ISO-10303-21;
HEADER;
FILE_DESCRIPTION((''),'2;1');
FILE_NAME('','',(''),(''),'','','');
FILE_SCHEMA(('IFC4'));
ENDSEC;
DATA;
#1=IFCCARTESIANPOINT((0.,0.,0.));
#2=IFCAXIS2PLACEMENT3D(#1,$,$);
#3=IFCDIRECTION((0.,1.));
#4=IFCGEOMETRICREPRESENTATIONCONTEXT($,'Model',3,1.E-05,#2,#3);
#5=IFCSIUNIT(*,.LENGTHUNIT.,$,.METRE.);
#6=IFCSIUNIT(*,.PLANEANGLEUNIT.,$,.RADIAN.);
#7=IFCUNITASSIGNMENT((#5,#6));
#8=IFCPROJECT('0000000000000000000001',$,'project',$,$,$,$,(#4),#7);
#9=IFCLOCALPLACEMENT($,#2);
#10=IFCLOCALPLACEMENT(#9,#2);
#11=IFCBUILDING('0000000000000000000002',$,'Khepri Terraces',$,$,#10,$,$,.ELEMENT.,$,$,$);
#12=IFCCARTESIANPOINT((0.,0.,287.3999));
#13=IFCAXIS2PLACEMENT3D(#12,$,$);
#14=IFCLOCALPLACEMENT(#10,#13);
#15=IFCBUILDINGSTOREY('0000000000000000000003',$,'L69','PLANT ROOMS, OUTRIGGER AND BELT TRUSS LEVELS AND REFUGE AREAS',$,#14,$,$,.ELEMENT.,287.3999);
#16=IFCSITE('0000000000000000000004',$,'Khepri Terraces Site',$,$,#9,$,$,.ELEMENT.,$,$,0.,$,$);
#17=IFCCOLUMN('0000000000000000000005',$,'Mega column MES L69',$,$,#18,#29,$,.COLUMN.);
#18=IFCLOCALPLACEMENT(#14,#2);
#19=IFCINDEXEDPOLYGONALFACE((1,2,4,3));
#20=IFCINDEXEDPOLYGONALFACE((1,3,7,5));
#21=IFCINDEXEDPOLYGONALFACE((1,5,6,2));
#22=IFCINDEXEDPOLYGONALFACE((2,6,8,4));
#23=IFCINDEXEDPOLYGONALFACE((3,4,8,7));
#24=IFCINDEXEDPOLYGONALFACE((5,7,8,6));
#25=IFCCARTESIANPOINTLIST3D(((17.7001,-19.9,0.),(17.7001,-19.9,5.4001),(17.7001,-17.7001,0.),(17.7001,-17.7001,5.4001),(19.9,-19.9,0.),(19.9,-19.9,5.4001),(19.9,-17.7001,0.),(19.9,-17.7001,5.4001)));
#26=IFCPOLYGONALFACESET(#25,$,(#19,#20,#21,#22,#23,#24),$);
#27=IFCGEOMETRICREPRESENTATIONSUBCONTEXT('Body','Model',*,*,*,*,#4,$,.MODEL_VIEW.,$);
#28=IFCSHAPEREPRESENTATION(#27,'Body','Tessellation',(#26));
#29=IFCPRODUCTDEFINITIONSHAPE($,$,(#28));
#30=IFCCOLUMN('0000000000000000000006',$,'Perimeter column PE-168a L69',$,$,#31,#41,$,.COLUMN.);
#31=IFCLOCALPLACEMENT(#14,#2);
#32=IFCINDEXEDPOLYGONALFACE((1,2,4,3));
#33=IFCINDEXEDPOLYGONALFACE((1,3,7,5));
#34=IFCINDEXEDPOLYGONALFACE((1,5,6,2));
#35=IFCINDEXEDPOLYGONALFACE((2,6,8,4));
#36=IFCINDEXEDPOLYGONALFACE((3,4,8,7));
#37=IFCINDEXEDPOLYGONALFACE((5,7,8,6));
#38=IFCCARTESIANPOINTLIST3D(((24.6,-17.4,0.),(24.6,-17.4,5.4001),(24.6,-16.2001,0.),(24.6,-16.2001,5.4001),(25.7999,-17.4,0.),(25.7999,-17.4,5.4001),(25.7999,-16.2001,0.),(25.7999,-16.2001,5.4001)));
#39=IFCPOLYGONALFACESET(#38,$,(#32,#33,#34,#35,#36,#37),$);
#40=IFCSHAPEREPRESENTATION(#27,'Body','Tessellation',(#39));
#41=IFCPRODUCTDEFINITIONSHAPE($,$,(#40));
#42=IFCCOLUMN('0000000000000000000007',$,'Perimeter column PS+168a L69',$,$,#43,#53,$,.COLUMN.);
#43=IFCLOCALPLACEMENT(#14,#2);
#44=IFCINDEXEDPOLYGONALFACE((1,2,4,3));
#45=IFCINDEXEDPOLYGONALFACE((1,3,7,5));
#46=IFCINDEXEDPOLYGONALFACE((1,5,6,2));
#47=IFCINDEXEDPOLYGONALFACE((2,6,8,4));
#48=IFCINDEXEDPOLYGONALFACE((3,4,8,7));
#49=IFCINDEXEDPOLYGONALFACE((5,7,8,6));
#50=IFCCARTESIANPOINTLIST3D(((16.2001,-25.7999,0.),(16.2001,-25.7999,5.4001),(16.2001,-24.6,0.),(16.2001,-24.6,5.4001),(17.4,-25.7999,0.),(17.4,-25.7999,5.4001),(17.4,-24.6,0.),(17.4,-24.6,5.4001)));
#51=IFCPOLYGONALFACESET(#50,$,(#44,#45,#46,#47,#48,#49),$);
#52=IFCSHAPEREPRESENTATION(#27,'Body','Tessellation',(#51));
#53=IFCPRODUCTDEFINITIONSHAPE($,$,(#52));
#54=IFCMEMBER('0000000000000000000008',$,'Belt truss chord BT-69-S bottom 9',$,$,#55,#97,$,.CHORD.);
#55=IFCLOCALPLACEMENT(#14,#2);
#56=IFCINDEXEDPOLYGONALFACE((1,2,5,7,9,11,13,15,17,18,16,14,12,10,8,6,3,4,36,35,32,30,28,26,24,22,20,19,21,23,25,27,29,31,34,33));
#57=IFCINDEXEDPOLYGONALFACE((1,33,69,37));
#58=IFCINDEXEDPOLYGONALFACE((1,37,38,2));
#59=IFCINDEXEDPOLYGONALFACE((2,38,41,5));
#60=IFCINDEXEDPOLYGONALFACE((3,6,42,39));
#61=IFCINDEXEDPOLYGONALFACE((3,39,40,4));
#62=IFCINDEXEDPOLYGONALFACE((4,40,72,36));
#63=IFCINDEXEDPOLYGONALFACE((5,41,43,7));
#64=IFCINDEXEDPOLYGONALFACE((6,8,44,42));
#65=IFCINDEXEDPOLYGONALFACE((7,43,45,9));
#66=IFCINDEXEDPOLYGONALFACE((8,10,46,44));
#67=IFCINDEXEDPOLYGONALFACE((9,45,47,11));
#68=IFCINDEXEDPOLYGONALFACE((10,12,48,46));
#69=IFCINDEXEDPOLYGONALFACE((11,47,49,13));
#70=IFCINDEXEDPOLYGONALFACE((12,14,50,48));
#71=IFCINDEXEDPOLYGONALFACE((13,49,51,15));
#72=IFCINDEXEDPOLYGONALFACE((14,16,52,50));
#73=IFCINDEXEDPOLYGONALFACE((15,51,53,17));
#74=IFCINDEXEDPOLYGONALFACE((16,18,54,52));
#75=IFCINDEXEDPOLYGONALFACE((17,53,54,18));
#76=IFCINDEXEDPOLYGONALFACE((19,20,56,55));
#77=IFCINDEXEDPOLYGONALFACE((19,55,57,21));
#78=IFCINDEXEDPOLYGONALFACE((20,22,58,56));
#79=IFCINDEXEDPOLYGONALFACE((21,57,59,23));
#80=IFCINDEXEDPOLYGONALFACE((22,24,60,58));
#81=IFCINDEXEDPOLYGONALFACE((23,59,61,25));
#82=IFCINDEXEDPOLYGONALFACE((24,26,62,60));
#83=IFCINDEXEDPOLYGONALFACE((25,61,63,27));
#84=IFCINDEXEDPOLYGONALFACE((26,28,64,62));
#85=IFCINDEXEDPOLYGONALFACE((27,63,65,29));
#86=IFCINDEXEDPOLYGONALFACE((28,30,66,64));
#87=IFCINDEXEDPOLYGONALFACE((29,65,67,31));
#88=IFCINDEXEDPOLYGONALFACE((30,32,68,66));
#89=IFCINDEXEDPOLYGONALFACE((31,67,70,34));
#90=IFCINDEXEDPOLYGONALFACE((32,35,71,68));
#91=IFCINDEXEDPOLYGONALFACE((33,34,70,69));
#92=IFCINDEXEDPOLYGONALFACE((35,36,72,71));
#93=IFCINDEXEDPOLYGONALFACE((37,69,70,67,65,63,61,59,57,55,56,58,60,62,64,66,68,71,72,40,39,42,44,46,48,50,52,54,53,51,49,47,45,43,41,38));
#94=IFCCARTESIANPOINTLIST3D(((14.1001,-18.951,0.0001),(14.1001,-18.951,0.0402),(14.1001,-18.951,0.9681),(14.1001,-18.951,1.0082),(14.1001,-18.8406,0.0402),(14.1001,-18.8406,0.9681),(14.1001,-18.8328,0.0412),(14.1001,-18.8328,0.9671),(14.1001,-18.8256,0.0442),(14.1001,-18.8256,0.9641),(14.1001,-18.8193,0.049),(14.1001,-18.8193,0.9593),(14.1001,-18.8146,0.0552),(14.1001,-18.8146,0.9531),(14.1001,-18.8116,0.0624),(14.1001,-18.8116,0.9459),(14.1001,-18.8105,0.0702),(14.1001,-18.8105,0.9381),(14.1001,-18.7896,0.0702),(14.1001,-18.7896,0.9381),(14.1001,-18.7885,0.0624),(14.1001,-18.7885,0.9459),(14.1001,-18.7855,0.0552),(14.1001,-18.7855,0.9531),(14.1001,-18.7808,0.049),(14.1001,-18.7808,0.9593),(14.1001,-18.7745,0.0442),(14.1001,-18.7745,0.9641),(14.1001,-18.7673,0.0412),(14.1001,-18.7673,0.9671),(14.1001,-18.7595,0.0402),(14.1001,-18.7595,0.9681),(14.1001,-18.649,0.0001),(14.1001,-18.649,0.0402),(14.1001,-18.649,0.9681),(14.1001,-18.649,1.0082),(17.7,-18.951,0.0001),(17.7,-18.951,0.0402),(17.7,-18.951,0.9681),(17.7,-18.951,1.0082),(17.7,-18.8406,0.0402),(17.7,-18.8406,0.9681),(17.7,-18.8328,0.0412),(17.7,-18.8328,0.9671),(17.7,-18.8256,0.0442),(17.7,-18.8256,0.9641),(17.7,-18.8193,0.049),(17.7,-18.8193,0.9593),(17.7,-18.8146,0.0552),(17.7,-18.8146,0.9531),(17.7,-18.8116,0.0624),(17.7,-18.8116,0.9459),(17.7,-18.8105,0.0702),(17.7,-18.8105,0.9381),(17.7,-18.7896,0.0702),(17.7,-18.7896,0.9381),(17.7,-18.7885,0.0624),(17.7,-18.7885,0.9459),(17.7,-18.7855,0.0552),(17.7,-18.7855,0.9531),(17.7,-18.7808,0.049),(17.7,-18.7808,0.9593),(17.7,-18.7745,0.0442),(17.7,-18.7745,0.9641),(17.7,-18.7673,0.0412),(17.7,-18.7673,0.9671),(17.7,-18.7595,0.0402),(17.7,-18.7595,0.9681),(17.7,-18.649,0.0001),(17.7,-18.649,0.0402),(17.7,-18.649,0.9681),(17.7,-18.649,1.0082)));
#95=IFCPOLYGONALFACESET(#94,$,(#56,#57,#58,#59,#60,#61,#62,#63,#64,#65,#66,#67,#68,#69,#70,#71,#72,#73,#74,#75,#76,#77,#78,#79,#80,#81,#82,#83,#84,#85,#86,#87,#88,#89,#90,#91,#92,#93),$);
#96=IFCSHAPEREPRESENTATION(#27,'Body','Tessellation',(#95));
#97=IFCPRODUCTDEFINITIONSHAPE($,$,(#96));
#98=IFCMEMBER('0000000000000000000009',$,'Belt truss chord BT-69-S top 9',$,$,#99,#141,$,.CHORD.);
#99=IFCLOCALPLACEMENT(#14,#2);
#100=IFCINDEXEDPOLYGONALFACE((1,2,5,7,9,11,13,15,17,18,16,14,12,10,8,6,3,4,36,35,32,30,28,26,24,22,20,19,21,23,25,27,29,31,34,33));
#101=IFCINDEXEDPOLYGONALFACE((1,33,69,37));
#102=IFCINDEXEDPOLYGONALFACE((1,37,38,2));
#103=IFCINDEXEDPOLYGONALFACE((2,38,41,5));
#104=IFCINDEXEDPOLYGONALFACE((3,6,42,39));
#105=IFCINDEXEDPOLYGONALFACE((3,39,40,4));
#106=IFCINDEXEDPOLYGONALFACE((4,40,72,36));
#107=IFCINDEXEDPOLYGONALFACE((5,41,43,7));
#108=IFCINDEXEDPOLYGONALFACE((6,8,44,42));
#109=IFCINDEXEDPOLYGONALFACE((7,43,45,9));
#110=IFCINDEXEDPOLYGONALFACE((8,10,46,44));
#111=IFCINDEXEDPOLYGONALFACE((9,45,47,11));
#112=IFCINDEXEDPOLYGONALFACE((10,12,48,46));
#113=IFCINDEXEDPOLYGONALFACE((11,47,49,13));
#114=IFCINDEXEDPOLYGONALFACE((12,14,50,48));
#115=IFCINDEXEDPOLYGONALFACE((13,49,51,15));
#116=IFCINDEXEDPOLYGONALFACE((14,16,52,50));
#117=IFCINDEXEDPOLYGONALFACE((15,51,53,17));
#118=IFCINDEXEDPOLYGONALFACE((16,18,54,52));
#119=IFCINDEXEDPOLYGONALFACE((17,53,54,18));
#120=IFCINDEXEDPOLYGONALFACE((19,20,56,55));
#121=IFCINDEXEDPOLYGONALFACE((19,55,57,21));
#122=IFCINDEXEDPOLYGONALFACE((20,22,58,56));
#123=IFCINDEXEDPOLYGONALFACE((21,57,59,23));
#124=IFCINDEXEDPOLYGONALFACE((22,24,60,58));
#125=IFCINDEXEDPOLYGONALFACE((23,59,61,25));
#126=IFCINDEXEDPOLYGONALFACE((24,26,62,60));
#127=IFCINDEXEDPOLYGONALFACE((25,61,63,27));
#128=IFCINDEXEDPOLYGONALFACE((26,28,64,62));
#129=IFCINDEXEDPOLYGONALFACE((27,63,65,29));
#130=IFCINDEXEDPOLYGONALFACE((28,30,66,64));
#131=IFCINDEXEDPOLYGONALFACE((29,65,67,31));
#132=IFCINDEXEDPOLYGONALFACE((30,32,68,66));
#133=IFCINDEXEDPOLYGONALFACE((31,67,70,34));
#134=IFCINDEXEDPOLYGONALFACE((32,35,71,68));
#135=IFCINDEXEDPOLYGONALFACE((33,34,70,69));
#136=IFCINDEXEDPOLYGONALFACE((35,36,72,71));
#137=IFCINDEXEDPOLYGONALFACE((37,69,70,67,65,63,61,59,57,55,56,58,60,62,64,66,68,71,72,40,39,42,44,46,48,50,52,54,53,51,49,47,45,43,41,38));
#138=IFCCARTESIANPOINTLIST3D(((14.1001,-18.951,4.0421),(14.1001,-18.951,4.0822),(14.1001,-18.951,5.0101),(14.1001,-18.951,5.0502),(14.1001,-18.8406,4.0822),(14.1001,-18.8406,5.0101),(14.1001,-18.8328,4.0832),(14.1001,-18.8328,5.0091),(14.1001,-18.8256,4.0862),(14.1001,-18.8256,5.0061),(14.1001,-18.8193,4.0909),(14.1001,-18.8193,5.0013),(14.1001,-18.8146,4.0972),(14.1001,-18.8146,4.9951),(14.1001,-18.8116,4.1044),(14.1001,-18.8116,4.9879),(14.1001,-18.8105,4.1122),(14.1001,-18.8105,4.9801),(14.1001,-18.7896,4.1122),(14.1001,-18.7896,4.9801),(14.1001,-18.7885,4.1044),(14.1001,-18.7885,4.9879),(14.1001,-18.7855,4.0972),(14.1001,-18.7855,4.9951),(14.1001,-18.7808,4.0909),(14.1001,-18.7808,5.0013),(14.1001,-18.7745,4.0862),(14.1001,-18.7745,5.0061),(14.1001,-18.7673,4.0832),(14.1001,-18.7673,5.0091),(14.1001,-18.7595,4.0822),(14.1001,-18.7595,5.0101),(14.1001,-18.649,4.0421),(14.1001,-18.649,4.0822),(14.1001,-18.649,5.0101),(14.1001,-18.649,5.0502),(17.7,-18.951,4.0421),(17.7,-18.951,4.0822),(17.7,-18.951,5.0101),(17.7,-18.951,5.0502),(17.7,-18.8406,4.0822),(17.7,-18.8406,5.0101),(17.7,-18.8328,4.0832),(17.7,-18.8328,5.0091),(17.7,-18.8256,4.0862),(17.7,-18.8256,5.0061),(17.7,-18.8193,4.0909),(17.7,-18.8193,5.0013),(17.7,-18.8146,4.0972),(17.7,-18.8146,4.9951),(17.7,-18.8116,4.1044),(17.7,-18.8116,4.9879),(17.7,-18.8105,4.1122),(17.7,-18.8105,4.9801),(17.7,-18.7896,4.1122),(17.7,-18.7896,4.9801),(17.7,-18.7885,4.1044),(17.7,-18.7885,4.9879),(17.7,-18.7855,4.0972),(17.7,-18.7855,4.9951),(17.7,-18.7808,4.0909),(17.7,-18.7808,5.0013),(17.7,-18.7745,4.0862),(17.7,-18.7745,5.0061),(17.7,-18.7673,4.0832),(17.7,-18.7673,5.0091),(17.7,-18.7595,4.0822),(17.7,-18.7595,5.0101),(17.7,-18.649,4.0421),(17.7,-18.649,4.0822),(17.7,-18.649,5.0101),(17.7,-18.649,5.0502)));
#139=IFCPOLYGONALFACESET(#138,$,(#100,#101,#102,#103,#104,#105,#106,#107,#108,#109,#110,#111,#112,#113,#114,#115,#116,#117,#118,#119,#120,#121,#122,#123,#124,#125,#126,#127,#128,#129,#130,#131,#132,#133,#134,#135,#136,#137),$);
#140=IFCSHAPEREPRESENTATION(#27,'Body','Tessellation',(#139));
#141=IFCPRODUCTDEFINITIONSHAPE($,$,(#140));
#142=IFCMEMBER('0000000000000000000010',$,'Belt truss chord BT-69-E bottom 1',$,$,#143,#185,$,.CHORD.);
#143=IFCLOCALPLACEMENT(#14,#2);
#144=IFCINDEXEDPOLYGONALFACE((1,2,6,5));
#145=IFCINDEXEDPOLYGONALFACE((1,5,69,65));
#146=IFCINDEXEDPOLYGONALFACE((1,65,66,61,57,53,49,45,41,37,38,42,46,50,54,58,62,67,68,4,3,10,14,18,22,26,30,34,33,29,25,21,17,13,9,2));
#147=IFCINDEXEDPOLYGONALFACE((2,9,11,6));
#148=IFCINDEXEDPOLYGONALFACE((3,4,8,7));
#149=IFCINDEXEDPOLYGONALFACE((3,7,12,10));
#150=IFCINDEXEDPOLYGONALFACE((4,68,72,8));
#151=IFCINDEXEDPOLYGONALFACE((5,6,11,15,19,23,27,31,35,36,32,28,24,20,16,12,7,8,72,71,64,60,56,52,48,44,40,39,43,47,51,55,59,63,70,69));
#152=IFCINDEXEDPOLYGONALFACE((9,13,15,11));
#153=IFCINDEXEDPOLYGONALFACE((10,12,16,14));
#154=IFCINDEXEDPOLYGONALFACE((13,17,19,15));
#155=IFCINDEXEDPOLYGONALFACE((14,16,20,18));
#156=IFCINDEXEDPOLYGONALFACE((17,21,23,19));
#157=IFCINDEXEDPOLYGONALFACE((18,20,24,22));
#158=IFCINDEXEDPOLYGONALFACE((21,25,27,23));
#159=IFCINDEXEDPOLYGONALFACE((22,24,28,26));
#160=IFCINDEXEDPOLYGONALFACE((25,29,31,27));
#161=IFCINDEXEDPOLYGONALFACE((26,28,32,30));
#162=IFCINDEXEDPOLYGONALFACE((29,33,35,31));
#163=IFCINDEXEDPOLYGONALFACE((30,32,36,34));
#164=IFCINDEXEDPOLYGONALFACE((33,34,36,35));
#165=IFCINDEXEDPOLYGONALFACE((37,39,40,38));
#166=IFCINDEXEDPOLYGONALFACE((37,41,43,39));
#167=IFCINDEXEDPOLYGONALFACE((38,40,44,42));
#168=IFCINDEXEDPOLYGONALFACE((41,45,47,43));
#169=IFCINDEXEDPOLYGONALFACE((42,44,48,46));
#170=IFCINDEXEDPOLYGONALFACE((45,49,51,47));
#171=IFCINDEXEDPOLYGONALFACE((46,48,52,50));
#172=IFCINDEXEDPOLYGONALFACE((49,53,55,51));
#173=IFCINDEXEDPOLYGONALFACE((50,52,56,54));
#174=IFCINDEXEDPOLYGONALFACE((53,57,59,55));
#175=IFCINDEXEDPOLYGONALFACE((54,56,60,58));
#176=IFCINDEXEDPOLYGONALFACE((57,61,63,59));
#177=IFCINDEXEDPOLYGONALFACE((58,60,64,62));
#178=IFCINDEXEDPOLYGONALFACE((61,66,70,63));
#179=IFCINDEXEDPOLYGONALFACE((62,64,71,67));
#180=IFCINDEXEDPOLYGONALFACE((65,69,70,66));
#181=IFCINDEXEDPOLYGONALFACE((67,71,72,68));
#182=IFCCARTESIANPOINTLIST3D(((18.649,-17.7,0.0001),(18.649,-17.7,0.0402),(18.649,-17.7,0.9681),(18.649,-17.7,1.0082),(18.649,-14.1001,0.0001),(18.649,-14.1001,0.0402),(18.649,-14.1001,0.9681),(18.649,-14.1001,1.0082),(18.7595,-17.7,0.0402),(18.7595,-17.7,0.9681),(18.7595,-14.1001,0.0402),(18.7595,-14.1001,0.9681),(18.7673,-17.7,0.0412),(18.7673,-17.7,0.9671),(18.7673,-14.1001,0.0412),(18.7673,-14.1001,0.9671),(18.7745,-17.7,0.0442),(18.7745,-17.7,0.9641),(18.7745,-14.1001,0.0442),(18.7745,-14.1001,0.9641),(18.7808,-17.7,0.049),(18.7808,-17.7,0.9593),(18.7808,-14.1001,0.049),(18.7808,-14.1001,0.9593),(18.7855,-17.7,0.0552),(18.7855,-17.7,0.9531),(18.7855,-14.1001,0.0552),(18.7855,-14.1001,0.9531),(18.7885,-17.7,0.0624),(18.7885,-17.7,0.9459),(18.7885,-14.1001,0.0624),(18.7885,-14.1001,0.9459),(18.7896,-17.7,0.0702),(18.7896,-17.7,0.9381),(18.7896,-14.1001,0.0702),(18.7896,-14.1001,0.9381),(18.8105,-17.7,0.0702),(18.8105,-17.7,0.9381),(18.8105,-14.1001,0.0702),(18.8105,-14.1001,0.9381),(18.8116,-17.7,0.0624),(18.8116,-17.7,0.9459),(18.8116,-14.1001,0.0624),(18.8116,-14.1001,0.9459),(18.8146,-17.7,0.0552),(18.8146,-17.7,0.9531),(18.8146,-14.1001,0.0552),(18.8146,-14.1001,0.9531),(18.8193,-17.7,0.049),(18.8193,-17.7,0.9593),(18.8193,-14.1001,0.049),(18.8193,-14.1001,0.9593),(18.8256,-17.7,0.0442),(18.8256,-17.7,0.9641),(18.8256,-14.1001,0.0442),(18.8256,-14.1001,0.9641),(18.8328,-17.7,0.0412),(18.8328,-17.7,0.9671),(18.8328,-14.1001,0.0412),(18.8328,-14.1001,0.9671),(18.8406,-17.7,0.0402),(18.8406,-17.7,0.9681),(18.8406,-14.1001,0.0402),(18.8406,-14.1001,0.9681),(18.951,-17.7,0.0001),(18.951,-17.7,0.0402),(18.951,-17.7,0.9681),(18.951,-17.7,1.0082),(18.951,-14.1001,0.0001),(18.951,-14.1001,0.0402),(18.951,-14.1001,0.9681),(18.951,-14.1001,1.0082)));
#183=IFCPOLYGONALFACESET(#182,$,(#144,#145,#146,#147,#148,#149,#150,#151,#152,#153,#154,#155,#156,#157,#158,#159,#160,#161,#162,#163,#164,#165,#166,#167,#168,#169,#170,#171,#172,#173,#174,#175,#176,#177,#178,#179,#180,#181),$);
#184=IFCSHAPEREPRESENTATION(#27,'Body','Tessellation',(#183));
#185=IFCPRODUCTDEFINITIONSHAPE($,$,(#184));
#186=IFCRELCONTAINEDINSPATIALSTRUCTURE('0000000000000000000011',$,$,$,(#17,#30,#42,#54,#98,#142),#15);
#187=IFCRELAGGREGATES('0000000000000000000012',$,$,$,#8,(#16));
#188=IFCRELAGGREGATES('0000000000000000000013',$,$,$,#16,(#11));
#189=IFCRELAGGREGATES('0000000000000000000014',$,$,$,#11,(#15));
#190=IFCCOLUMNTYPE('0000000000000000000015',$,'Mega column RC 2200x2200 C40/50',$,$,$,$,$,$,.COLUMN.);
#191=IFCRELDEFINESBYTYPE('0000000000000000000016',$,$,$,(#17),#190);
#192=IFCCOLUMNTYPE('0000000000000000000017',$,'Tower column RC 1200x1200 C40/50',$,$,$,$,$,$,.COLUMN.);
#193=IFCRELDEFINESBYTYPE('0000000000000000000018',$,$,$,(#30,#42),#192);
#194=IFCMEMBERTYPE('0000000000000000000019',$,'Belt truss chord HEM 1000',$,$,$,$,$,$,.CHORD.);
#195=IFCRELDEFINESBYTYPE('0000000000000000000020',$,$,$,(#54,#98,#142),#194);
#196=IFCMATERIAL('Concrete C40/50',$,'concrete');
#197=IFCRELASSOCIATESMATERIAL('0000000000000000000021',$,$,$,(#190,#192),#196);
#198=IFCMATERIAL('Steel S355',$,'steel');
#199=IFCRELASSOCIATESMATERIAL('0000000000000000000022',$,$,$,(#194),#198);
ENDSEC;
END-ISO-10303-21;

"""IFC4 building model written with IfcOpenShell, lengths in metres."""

from ifc_helpers import new_model, si_unit, direction, frame, origin, origin_2d, place, context, subcontext, project, spatial, rectangle, i_section, extrude, material, material_profile, profile_set, type_object, element, save


model = new_model("IFC4")

# Units and contexts
model_context = context("Model", 3, precision=1e-05, world=origin(), true_north=direction((0.0, 1.0)))
body_context = subcontext(model_context, "Body", "Model", "MODEL_VIEW")
ifc_project = project(units=[si_unit("LENGTHUNIT", "METRE"), si_unit("PLANEANGLEUNIT", "RADIAN")], contexts=[model_context])

# Site, building, storey
site_placement = place(None, origin())
site = spatial("IfcSite", under=ifc_project, at=site_placement, Name="Khepri Terraces Site", CompositionType="ELEMENT", RefElevation=0.0)
building_placement = place(site_placement, origin())
building = spatial("IfcBuilding", under=site, at=building_placement, Name="Khepri Terraces", CompositionType="ELEMENT")
storey_placement = place(building_placement, frame((0.0, 0.0, 287.3999)))
storey = spatial("IfcBuildingStorey", under=building, at=storey_placement, Name="L69", Description="PLANT ROOMS, OUTRIGGER AND BELT TRUSS LEVELS AND REFUGE AREAS", CompositionType="ELEMENT", Elevation=287.3999)

# Columns
ifc_material_1 = material(Name="Concrete C40/50", Category="concrete")
ifc_material_profile_1 = material_profile(ifc_material_1, rectangle(XDim=2.2, YDim=2.2, at=origin_2d()), Name="Concrete C40/50", Category="concrete")
ifc_profile_set_1 = profile_set([ifc_material_profile_1], Name="Concrete C40/50")
column_type_1 = type_object("IfcColumnType", Name="Mega column RC 2200x2200 C40/50", PredefinedType="COLUMN", material=ifc_profile_set_1)
column_placement = place(storey_placement, frame((18.8, -18.8, 0.0), z_axis=(0.0, 0.0, 1.0), x_axis=(1.0, 0.0, 0.0)))
element("IfcColumn", 1, at=column_placement, inside=storey, type_object=column_type_1, Name="Mega column MES L69", PredefinedType="COLUMN", context=body_context, shape_type="SweptSolid", body=[
    extrude(rectangle(XDim=2.2, YDim=2.2, at=origin_2d()), origin(), (0.0, 0.0, 1.0), 5.4001),
])
ifc_material_profile_2 = material_profile(ifc_material_1, rectangle(XDim=1.2, YDim=1.2, at=origin_2d()), Name="Concrete C40/50", Category="concrete")
ifc_profile_set_2 = profile_set([ifc_material_profile_2], Name="Concrete C40/50")
column_type_2 = type_object("IfcColumnType", Name="Tower column RC 1200x1200 C40/50", PredefinedType="COLUMN", material=ifc_profile_set_2)
for number, where, z_axis, x_axis, name in (
    (2, (25.2, -16.8, 0.0), (0.0, 0.0, 1.0), (1.0, 0.0, 0.0), "Perimeter column PE-168a L69"),
    (3, (16.8, -25.2, 0.0), (0.0, 0.0, 1.0), (1.0, 0.0, 0.0), "Perimeter column PS+168a L69"),
):
    element("IfcColumn", number, at=place(storey_placement, frame(where, z_axis=z_axis, x_axis=x_axis)), inside=storey, type_object=column_type_2, Name=name, PredefinedType="COLUMN", context=body_context, shape_type="SweptSolid", body=[
        extrude(rectangle(XDim=1.2, YDim=1.2, at=origin_2d()), origin(), (0.0, 0.0, 1.0), 5.4001),
    ])

# Members
ifc_material_2 = material(Name="Steel S355", Category="steel")
ifc_material_profile_3 = material_profile(ifc_material_2, i_section(OverallWidth=0.302, OverallDepth=1.0081, WebThickness=0.021, FlangeThickness=0.04, FilletRadius=0.03, at=origin_2d()), Name="Steel S355", Category="steel")
ifc_profile_set_3 = profile_set([ifc_material_profile_3], Name="Steel S355")
member_type_1 = type_object("IfcMemberType", Name="Belt truss chord HEM 1000", PredefinedType="CHORD", material=ifc_profile_set_3)
for number, where, z_axis, x_axis, name in (
    (4, (14.1001, -18.8, 0.5042), (1.0, 0.0, 0.0), (0.0, 1.0, 0.0), "Belt truss chord BT-69-S bottom 9"),
    (5, (14.1001, -18.8, 4.5461), (1.0, 0.0, 0.0), (0.0, 1.0, 0.0), "Belt truss chord BT-69-S top 9"),
    (6, (18.8, -17.7, 0.5042), (0.0, 1.0, 0.0), (-1.0, 0.0, 0.0), "Belt truss chord BT-69-E bottom 1"),
):
    element("IfcMember", number, at=place(storey_placement, frame(where, z_axis=z_axis, x_axis=x_axis)), inside=storey, type_object=member_type_1, Name=name, PredefinedType="CHORD", context=body_context, shape_type="SweptSolid", body=[
        extrude(i_section(OverallWidth=0.302, OverallDepth=1.0081, WebThickness=0.021, FlangeThickness=0.04, FilletRadius=0.03, at=origin_2d()), origin(), (0.0, 0.0, 1.0), 3.5999),
    ])

save(model, "model.ifc")
